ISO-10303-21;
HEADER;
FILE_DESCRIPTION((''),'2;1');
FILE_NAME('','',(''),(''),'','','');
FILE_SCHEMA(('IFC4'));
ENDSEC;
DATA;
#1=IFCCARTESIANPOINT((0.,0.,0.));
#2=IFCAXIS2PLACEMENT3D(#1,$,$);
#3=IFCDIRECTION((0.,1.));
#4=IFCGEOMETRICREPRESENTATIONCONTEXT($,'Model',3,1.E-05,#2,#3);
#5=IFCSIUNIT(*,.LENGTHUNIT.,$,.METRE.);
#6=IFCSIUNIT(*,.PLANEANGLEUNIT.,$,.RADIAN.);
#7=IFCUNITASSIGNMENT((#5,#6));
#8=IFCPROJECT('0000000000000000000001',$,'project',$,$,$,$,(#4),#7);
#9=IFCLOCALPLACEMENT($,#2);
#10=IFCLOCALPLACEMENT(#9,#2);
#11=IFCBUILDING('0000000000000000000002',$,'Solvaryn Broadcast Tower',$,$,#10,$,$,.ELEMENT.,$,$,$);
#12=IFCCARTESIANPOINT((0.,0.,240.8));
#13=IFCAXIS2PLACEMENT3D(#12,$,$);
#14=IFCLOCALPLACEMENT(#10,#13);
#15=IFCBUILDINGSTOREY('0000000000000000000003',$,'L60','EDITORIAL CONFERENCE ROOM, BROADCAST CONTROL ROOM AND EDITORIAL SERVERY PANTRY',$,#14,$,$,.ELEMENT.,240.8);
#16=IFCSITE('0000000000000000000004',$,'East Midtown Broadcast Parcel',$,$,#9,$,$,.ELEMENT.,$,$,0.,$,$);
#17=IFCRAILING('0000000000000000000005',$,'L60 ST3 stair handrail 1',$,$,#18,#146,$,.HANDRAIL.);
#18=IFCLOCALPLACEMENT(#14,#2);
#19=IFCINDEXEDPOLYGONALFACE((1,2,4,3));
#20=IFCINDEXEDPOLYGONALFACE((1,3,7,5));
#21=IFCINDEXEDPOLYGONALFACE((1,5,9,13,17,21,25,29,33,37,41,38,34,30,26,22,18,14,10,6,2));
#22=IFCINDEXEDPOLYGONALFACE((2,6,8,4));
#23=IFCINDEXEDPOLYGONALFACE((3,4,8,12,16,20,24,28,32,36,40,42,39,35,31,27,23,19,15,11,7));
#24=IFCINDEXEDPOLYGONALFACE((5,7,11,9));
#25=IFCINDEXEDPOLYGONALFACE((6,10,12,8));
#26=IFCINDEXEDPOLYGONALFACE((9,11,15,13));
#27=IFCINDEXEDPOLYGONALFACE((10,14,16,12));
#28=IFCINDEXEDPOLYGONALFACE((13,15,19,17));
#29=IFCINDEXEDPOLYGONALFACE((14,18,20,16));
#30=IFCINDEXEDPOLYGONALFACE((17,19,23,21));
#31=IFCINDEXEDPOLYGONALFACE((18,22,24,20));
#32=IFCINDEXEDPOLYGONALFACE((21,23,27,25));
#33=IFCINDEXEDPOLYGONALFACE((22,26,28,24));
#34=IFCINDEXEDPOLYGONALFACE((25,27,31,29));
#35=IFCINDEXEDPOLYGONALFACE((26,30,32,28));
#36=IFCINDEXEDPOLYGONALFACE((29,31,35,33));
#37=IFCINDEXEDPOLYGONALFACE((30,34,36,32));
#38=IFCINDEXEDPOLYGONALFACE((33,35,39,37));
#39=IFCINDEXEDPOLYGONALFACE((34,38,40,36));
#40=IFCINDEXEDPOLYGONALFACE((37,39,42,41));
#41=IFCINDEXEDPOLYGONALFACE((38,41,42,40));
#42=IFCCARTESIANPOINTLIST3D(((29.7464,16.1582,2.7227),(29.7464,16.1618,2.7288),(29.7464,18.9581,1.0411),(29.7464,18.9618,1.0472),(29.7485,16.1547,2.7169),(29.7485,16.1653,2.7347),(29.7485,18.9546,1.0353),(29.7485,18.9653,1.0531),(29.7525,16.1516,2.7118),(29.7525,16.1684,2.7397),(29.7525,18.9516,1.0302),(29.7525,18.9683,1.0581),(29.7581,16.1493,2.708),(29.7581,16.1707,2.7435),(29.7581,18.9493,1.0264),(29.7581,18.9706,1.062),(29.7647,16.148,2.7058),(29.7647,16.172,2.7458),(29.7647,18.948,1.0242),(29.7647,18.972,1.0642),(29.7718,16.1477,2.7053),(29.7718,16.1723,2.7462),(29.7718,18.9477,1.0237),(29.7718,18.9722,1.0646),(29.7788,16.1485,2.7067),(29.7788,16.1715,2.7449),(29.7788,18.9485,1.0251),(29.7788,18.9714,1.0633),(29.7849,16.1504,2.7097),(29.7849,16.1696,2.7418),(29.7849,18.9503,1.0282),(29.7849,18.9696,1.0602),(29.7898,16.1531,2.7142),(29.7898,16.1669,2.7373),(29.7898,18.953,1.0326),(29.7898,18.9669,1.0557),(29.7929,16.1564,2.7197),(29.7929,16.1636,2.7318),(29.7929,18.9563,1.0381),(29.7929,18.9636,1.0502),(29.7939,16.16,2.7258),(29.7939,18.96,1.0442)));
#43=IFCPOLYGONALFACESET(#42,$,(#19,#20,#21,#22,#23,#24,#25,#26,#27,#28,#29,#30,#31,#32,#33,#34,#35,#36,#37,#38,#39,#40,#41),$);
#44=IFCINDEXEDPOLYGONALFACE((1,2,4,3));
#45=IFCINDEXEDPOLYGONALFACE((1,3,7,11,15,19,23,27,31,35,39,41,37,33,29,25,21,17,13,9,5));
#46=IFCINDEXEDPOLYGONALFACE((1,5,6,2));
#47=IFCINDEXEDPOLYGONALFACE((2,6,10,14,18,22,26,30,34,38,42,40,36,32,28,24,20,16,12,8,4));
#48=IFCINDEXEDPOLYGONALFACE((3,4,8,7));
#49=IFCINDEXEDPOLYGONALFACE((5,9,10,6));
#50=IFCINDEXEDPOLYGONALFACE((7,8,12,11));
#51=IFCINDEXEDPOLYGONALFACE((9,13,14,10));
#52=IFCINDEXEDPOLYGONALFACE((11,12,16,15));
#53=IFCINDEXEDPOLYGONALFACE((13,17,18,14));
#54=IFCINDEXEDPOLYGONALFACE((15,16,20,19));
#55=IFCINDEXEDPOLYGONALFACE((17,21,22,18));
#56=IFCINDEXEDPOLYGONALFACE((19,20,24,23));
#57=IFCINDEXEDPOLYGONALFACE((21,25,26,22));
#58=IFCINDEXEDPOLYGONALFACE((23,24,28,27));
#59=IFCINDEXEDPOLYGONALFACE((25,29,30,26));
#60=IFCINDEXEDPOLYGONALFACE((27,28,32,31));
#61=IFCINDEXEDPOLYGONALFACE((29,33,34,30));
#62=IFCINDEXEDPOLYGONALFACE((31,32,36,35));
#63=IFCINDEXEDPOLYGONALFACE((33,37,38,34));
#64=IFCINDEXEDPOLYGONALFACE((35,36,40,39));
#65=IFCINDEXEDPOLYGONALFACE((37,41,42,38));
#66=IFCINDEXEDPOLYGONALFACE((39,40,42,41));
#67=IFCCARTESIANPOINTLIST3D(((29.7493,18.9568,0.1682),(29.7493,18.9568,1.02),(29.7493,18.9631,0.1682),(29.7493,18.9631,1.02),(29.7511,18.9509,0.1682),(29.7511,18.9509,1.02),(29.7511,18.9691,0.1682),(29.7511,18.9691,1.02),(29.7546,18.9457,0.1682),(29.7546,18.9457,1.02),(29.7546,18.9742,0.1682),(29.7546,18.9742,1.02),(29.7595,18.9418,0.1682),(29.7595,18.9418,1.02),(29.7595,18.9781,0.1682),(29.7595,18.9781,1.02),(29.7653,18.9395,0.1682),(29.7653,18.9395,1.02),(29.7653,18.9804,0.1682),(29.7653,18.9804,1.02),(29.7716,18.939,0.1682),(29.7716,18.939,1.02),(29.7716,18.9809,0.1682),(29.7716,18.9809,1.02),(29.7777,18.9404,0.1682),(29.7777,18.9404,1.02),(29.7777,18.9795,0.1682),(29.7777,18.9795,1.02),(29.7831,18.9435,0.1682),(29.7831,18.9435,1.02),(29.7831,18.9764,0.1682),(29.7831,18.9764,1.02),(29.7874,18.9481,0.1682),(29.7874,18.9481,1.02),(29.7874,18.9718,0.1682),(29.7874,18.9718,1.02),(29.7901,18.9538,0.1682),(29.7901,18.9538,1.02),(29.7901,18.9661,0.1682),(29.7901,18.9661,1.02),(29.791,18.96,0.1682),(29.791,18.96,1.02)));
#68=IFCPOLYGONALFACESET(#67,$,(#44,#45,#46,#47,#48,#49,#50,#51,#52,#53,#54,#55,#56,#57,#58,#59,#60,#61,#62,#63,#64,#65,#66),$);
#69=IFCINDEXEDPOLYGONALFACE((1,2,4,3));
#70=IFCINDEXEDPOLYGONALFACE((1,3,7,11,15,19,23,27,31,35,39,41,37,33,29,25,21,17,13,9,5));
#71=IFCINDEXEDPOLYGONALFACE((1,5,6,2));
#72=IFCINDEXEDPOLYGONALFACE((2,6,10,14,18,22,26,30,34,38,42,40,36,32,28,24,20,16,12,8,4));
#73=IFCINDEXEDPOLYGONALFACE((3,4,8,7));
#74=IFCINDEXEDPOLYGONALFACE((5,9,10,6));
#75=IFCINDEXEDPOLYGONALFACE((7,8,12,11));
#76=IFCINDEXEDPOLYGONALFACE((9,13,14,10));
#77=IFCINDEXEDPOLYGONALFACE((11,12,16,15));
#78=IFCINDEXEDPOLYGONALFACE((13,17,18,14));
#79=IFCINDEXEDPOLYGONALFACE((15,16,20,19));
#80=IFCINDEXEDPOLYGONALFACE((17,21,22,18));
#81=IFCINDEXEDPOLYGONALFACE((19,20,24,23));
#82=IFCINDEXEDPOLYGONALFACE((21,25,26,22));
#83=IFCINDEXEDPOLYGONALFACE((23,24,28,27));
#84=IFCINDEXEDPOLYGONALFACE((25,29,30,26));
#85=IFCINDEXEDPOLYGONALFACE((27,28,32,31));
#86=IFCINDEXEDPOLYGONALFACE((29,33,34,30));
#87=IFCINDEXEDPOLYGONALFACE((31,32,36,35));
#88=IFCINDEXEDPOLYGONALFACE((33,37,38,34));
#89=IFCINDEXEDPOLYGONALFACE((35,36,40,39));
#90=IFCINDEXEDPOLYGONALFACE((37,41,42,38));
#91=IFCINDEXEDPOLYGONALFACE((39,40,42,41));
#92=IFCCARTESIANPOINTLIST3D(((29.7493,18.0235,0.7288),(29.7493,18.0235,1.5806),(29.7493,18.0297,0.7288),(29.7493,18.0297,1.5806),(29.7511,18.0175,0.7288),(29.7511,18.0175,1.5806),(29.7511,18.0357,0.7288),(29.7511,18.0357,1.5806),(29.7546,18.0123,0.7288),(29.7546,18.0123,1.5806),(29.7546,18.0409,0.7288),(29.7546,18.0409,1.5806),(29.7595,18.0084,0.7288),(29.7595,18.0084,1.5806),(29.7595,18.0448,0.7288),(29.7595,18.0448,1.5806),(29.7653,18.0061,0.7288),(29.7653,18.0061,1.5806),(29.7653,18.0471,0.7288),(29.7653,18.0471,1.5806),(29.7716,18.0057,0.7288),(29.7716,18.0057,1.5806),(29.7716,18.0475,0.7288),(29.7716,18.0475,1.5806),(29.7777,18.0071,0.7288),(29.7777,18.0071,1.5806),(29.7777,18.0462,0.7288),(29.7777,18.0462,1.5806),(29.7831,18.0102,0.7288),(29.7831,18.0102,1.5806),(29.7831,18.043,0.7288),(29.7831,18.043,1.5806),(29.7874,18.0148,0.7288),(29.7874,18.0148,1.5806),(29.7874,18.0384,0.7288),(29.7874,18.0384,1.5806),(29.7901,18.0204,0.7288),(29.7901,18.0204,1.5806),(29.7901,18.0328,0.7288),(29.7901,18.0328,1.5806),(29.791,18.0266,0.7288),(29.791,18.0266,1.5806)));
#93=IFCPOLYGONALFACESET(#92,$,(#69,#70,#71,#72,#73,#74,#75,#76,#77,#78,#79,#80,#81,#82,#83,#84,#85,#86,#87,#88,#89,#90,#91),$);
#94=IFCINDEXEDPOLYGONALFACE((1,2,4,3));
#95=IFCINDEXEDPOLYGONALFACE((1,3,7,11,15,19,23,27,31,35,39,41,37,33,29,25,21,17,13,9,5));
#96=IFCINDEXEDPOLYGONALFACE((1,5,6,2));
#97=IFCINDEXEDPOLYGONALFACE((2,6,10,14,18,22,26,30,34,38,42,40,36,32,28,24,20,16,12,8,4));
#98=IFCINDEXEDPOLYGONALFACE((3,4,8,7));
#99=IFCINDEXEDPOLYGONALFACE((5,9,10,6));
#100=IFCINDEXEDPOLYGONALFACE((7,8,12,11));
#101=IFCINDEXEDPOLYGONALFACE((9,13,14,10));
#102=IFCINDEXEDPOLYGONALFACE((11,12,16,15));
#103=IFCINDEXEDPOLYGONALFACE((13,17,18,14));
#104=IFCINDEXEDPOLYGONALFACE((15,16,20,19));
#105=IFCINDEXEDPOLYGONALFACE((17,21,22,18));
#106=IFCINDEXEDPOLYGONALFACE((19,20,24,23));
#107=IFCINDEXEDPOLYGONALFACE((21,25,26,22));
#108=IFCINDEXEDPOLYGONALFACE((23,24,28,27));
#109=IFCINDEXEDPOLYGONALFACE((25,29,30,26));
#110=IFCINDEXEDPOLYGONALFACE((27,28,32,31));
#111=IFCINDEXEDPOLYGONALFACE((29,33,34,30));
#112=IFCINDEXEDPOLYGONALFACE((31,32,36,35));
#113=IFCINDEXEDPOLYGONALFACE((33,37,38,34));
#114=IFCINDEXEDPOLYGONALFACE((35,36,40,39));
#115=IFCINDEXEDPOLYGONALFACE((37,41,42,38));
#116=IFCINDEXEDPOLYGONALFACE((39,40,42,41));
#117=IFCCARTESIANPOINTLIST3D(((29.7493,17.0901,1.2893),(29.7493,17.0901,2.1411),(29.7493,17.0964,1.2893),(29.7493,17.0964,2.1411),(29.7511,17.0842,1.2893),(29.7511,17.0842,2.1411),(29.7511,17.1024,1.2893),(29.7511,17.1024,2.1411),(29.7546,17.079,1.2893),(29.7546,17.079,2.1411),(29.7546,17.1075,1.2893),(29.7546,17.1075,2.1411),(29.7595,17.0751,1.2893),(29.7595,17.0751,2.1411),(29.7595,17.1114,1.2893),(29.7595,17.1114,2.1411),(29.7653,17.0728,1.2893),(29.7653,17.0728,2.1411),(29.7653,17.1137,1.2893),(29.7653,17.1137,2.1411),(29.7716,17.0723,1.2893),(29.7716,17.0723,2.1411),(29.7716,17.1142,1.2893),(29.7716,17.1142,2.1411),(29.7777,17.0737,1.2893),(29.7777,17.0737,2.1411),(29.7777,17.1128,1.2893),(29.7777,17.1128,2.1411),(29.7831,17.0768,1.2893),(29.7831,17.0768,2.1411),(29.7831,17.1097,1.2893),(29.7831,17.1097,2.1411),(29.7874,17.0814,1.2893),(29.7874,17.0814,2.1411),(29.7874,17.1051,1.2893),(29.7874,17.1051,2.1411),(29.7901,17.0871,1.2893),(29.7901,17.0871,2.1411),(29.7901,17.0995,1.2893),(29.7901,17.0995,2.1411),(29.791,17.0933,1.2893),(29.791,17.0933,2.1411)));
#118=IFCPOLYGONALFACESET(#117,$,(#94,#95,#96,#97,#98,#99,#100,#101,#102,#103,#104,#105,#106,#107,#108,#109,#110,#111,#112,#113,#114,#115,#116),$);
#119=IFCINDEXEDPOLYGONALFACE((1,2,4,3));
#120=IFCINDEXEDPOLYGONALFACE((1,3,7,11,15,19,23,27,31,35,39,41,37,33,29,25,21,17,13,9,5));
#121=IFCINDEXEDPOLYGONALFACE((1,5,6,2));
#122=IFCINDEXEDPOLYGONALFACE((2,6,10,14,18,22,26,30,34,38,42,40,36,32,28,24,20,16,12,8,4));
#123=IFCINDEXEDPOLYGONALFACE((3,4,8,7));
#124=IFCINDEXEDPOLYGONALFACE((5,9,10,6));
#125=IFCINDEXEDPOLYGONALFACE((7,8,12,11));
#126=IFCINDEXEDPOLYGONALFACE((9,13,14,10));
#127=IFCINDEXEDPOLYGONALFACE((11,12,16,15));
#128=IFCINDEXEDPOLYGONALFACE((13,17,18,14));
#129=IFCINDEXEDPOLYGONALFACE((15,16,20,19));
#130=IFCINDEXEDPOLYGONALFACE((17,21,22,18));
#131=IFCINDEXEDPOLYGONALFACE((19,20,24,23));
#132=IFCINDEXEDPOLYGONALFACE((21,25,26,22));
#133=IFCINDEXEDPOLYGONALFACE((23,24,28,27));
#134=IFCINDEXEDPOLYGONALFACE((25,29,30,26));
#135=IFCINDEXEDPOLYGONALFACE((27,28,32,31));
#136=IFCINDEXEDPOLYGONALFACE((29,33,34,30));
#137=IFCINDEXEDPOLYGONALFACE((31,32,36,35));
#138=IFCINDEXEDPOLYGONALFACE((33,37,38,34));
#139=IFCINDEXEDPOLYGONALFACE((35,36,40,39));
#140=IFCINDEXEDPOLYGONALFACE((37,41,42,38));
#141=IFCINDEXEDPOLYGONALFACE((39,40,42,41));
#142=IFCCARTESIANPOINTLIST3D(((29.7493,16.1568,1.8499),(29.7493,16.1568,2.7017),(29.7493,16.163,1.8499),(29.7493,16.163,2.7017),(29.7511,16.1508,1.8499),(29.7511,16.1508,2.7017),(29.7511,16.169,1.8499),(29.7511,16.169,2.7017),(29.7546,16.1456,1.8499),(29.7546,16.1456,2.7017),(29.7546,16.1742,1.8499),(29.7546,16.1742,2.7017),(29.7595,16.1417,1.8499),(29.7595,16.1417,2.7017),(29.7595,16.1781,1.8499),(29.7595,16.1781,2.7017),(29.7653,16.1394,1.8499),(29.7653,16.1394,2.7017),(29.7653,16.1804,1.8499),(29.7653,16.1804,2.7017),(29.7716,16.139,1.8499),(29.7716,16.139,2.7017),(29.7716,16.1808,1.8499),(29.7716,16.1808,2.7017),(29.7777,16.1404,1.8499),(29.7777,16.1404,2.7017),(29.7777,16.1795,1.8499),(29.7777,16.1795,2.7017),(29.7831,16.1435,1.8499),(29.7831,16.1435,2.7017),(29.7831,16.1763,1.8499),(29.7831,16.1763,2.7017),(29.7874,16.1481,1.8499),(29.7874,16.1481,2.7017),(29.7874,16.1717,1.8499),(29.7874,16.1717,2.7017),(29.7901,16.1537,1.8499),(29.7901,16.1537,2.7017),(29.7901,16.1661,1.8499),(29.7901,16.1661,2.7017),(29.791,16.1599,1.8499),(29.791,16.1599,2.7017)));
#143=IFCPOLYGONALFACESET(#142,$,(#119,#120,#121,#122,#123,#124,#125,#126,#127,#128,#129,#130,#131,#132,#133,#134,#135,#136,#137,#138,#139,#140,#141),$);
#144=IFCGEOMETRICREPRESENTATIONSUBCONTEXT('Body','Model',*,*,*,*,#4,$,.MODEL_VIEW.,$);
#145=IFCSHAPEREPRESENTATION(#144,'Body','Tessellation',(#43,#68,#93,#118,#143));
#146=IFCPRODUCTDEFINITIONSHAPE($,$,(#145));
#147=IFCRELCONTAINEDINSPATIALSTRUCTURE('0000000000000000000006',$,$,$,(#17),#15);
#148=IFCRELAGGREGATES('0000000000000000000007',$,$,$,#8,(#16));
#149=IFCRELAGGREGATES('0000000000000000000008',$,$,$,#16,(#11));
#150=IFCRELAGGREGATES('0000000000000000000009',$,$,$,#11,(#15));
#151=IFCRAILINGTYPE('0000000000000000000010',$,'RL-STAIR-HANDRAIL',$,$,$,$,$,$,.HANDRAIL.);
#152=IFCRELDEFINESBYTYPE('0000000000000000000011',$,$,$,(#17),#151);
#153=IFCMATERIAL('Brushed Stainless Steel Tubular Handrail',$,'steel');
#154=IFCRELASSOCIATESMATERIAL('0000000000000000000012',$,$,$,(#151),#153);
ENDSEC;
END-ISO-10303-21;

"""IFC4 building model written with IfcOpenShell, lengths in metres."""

from ifc_helpers import new_model, si_unit, direction, frame, origin, origin_2d, place, context, subcontext, project, spatial, circle, extrude, material, type_object, element, save


model = new_model("IFC4")

# Units and contexts
model_context = context("Model", 3, precision=1e-05, world=origin(), true_north=direction((0.0, 1.0)))
body_context = subcontext(model_context, "Body", "Model", "MODEL_VIEW")
ifc_project = project(units=[si_unit("LENGTHUNIT", "METRE"), si_unit("PLANEANGLEUNIT", "RADIAN")], contexts=[model_context])

# Site, building, storey
site_placement = place(None, origin())
site = spatial("IfcSite", under=ifc_project, at=site_placement, Name="East Midtown Broadcast Parcel", CompositionType="ELEMENT", RefElevation=0.0)
building_placement = place(site_placement, origin())
building = spatial("IfcBuilding", under=site, at=building_placement, Name="Solvaryn Broadcast Tower", CompositionType="ELEMENT")
storey_placement = place(building_placement, frame((0.0, 0.0, 240.8)))
storey = spatial("IfcBuildingStorey", under=building, at=storey_placement, Name="L60", Description="EDITORIAL CONFERENCE ROOM, BROADCAST CONTROL ROOM AND EDITORIAL SERVERY PANTRY", CompositionType="ELEMENT", Elevation=240.8)

# Railing
ifc_material_1 = material(Name="Brushed Stainless Steel Tubular Handrail", Category="steel")
railing_type_1 = type_object("IfcRailingType", Name="RL-STAIR-HANDRAIL", PredefinedType="HANDRAIL", material=ifc_material_1)
railing_1_placement = place(storey_placement, frame((29.77, 18.96, 0.1682)))
element("IfcRailing", 1, at=railing_1_placement, inside=storey, type_object=railing_type_1, Name="L60 ST3 stair handrail 1", PredefinedType="HANDRAIL", context=body_context, shape_type="SweptSolid", body=[
    extrude(circle(Radius=0.0239, at=origin_2d()), frame((0.0, 0.0, 0.876), z_axis=(0.0, -0.857275, 0.514858), x_axis=(1.0, 0.0, 0.0)), (0.0, 0.0, 1.0), 3.2661),
    extrude(circle(Radius=0.021, at=origin_2d()), origin(), (0.0, 0.0, 1.0), 0.8518),
    extrude(circle(Radius=0.021, at=origin_2d()), frame((0.0, -0.9333, 0.5605)), (0.0, 0.0, 1.0), 0.8518),
    extrude(circle(Radius=0.021, at=origin_2d()), frame((0.0, -1.8667, 1.1211)), (0.0, 0.0, 1.0), 0.8518),
    extrude(circle(Radius=0.021, at=origin_2d()), frame((0.0, -2.8, 1.6816)), (0.0, 0.0, 1.0), 0.8518),
])

save(model, "model.ifc")
